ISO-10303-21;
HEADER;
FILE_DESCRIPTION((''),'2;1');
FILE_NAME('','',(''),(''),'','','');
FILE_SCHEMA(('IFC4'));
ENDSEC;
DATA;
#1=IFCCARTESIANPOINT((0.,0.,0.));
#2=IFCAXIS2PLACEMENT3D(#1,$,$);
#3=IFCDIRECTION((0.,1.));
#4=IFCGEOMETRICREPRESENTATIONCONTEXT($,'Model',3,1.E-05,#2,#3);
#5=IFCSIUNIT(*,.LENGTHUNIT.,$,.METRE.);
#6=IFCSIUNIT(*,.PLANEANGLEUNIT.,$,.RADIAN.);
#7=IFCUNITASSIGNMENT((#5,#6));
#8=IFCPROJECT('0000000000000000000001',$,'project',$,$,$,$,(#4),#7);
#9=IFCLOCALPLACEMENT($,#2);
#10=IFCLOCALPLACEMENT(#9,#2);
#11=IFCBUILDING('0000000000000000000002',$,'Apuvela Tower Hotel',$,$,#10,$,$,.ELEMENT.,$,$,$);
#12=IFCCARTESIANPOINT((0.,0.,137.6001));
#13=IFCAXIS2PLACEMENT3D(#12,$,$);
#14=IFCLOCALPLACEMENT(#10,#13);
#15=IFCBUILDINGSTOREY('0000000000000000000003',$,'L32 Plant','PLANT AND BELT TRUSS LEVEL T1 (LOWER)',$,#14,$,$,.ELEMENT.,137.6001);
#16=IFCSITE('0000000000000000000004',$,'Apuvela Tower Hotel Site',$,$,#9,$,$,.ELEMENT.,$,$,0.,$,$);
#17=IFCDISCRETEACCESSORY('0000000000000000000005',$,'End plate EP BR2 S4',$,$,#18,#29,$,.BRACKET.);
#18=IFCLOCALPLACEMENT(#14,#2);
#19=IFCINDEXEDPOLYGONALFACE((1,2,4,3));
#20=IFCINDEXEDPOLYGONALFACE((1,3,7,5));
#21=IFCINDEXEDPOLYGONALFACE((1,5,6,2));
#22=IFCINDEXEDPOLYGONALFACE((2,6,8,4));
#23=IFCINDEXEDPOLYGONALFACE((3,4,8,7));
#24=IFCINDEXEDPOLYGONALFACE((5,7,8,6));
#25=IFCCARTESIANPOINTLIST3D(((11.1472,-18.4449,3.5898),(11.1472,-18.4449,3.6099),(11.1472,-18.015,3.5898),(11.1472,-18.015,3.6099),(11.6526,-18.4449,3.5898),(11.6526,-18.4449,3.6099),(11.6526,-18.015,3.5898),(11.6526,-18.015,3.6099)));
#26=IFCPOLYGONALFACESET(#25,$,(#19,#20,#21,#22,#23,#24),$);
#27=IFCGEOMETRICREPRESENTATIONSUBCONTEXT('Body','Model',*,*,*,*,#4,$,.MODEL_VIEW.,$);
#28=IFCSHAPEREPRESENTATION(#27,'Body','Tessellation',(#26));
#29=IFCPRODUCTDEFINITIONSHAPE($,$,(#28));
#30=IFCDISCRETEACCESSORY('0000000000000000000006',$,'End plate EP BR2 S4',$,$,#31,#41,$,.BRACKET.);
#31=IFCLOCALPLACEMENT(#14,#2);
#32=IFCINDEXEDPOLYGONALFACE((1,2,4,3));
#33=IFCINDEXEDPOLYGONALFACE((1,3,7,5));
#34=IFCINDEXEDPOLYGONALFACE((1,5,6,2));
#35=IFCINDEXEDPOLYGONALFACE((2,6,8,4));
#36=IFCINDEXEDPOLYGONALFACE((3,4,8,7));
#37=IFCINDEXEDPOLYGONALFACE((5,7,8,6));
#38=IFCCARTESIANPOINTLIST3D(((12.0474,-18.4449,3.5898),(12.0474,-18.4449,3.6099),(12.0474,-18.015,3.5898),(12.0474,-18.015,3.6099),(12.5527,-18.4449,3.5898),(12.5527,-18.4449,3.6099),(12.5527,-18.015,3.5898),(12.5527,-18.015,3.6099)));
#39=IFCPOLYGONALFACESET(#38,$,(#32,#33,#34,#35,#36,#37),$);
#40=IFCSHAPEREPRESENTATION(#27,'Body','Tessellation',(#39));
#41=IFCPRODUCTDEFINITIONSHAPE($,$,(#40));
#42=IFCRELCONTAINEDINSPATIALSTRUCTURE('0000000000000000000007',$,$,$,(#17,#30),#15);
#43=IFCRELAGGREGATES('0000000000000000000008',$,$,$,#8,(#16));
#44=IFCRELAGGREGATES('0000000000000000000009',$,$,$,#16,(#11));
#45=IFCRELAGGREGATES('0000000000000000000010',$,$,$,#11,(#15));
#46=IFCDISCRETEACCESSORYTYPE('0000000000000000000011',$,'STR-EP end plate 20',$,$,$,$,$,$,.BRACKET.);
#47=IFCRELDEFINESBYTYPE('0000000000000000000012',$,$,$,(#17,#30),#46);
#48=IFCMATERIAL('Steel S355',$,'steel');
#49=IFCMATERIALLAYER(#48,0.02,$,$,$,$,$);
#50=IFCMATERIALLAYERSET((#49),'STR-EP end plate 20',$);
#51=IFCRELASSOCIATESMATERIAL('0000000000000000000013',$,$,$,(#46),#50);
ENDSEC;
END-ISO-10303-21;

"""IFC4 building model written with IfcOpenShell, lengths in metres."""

from ifc_helpers import new_model, si_unit, direction, frame, origin, origin_2d, place, context, subcontext, project, spatial, rectangle, extrude, material, layer, layer_set, type_object, element, save


model = new_model("IFC4")

# Units and contexts
model_context = context("Model", 3, precision=1e-05, world=origin(), true_north=direction((0.0, 1.0)))
body_context = subcontext(model_context, "Body", "Model", "MODEL_VIEW")
ifc_project = project(units=[si_unit("LENGTHUNIT", "METRE"), si_unit("PLANEANGLEUNIT", "RADIAN")], contexts=[model_context])

# Site, building, storey
site_placement = place(None, origin())
site = spatial("IfcSite", under=ifc_project, at=site_placement, Name="Apuvela Tower Hotel Site", CompositionType="ELEMENT", RefElevation=0.0)
building_placement = place(site_placement, origin())
building = spatial("IfcBuilding", under=site, at=building_placement, Name="Apuvela Tower Hotel", CompositionType="ELEMENT")
storey_placement = place(building_placement, frame((0.0, 0.0, 137.6001)))
storey = spatial("IfcBuildingStorey", under=building, at=storey_placement, Name="L32 Plant", Description="PLANT AND BELT TRUSS LEVEL T1 (LOWER)", CompositionType="ELEMENT", Elevation=137.6001)

# Shared definitions
ifc_material_1 = material(Name="Steel S355", Category="steel")

# Discrete accessories
ifc_layer_1 = layer(ifc_material_1, 0.02)
ifc_layer_set_1 = layer_set([ifc_layer_1], Name="STR-EP end plate 20")
discrete_accessory_type_1 = type_object("IfcDiscreteAccessoryType", Name="STR-EP end plate 20", PredefinedType="BRACKET", material=ifc_layer_set_1)
for number, where, z_axis, x_axis, name in (
    (1, (11.3999, -18.23, 3.5898), (0.0, 0.0, 1.0), (1.0, 0.0, 0.0), "End plate EP BR2 S4"),
    (2, (12.3, -18.23, 3.5898), (0.0, 0.0, 1.0), (-1.0, 0.0, 0.0), "End plate EP BR2 S4"),
):
    element("IfcDiscreteAccessory", number, at=place(storey_placement, frame(where, z_axis=z_axis, x_axis=x_axis)), inside=storey, type_object=discrete_accessory_type_1, Name=name, PredefinedType="BRACKET", context=body_context, shape_type="SweptSolid", body=[
        extrude(rectangle(XDim=0.5054, YDim=0.4299, at=origin_2d()), origin(), (0.0, 0.0, 1.0), 0.02),
    ])

save(model, "model.ifc")
